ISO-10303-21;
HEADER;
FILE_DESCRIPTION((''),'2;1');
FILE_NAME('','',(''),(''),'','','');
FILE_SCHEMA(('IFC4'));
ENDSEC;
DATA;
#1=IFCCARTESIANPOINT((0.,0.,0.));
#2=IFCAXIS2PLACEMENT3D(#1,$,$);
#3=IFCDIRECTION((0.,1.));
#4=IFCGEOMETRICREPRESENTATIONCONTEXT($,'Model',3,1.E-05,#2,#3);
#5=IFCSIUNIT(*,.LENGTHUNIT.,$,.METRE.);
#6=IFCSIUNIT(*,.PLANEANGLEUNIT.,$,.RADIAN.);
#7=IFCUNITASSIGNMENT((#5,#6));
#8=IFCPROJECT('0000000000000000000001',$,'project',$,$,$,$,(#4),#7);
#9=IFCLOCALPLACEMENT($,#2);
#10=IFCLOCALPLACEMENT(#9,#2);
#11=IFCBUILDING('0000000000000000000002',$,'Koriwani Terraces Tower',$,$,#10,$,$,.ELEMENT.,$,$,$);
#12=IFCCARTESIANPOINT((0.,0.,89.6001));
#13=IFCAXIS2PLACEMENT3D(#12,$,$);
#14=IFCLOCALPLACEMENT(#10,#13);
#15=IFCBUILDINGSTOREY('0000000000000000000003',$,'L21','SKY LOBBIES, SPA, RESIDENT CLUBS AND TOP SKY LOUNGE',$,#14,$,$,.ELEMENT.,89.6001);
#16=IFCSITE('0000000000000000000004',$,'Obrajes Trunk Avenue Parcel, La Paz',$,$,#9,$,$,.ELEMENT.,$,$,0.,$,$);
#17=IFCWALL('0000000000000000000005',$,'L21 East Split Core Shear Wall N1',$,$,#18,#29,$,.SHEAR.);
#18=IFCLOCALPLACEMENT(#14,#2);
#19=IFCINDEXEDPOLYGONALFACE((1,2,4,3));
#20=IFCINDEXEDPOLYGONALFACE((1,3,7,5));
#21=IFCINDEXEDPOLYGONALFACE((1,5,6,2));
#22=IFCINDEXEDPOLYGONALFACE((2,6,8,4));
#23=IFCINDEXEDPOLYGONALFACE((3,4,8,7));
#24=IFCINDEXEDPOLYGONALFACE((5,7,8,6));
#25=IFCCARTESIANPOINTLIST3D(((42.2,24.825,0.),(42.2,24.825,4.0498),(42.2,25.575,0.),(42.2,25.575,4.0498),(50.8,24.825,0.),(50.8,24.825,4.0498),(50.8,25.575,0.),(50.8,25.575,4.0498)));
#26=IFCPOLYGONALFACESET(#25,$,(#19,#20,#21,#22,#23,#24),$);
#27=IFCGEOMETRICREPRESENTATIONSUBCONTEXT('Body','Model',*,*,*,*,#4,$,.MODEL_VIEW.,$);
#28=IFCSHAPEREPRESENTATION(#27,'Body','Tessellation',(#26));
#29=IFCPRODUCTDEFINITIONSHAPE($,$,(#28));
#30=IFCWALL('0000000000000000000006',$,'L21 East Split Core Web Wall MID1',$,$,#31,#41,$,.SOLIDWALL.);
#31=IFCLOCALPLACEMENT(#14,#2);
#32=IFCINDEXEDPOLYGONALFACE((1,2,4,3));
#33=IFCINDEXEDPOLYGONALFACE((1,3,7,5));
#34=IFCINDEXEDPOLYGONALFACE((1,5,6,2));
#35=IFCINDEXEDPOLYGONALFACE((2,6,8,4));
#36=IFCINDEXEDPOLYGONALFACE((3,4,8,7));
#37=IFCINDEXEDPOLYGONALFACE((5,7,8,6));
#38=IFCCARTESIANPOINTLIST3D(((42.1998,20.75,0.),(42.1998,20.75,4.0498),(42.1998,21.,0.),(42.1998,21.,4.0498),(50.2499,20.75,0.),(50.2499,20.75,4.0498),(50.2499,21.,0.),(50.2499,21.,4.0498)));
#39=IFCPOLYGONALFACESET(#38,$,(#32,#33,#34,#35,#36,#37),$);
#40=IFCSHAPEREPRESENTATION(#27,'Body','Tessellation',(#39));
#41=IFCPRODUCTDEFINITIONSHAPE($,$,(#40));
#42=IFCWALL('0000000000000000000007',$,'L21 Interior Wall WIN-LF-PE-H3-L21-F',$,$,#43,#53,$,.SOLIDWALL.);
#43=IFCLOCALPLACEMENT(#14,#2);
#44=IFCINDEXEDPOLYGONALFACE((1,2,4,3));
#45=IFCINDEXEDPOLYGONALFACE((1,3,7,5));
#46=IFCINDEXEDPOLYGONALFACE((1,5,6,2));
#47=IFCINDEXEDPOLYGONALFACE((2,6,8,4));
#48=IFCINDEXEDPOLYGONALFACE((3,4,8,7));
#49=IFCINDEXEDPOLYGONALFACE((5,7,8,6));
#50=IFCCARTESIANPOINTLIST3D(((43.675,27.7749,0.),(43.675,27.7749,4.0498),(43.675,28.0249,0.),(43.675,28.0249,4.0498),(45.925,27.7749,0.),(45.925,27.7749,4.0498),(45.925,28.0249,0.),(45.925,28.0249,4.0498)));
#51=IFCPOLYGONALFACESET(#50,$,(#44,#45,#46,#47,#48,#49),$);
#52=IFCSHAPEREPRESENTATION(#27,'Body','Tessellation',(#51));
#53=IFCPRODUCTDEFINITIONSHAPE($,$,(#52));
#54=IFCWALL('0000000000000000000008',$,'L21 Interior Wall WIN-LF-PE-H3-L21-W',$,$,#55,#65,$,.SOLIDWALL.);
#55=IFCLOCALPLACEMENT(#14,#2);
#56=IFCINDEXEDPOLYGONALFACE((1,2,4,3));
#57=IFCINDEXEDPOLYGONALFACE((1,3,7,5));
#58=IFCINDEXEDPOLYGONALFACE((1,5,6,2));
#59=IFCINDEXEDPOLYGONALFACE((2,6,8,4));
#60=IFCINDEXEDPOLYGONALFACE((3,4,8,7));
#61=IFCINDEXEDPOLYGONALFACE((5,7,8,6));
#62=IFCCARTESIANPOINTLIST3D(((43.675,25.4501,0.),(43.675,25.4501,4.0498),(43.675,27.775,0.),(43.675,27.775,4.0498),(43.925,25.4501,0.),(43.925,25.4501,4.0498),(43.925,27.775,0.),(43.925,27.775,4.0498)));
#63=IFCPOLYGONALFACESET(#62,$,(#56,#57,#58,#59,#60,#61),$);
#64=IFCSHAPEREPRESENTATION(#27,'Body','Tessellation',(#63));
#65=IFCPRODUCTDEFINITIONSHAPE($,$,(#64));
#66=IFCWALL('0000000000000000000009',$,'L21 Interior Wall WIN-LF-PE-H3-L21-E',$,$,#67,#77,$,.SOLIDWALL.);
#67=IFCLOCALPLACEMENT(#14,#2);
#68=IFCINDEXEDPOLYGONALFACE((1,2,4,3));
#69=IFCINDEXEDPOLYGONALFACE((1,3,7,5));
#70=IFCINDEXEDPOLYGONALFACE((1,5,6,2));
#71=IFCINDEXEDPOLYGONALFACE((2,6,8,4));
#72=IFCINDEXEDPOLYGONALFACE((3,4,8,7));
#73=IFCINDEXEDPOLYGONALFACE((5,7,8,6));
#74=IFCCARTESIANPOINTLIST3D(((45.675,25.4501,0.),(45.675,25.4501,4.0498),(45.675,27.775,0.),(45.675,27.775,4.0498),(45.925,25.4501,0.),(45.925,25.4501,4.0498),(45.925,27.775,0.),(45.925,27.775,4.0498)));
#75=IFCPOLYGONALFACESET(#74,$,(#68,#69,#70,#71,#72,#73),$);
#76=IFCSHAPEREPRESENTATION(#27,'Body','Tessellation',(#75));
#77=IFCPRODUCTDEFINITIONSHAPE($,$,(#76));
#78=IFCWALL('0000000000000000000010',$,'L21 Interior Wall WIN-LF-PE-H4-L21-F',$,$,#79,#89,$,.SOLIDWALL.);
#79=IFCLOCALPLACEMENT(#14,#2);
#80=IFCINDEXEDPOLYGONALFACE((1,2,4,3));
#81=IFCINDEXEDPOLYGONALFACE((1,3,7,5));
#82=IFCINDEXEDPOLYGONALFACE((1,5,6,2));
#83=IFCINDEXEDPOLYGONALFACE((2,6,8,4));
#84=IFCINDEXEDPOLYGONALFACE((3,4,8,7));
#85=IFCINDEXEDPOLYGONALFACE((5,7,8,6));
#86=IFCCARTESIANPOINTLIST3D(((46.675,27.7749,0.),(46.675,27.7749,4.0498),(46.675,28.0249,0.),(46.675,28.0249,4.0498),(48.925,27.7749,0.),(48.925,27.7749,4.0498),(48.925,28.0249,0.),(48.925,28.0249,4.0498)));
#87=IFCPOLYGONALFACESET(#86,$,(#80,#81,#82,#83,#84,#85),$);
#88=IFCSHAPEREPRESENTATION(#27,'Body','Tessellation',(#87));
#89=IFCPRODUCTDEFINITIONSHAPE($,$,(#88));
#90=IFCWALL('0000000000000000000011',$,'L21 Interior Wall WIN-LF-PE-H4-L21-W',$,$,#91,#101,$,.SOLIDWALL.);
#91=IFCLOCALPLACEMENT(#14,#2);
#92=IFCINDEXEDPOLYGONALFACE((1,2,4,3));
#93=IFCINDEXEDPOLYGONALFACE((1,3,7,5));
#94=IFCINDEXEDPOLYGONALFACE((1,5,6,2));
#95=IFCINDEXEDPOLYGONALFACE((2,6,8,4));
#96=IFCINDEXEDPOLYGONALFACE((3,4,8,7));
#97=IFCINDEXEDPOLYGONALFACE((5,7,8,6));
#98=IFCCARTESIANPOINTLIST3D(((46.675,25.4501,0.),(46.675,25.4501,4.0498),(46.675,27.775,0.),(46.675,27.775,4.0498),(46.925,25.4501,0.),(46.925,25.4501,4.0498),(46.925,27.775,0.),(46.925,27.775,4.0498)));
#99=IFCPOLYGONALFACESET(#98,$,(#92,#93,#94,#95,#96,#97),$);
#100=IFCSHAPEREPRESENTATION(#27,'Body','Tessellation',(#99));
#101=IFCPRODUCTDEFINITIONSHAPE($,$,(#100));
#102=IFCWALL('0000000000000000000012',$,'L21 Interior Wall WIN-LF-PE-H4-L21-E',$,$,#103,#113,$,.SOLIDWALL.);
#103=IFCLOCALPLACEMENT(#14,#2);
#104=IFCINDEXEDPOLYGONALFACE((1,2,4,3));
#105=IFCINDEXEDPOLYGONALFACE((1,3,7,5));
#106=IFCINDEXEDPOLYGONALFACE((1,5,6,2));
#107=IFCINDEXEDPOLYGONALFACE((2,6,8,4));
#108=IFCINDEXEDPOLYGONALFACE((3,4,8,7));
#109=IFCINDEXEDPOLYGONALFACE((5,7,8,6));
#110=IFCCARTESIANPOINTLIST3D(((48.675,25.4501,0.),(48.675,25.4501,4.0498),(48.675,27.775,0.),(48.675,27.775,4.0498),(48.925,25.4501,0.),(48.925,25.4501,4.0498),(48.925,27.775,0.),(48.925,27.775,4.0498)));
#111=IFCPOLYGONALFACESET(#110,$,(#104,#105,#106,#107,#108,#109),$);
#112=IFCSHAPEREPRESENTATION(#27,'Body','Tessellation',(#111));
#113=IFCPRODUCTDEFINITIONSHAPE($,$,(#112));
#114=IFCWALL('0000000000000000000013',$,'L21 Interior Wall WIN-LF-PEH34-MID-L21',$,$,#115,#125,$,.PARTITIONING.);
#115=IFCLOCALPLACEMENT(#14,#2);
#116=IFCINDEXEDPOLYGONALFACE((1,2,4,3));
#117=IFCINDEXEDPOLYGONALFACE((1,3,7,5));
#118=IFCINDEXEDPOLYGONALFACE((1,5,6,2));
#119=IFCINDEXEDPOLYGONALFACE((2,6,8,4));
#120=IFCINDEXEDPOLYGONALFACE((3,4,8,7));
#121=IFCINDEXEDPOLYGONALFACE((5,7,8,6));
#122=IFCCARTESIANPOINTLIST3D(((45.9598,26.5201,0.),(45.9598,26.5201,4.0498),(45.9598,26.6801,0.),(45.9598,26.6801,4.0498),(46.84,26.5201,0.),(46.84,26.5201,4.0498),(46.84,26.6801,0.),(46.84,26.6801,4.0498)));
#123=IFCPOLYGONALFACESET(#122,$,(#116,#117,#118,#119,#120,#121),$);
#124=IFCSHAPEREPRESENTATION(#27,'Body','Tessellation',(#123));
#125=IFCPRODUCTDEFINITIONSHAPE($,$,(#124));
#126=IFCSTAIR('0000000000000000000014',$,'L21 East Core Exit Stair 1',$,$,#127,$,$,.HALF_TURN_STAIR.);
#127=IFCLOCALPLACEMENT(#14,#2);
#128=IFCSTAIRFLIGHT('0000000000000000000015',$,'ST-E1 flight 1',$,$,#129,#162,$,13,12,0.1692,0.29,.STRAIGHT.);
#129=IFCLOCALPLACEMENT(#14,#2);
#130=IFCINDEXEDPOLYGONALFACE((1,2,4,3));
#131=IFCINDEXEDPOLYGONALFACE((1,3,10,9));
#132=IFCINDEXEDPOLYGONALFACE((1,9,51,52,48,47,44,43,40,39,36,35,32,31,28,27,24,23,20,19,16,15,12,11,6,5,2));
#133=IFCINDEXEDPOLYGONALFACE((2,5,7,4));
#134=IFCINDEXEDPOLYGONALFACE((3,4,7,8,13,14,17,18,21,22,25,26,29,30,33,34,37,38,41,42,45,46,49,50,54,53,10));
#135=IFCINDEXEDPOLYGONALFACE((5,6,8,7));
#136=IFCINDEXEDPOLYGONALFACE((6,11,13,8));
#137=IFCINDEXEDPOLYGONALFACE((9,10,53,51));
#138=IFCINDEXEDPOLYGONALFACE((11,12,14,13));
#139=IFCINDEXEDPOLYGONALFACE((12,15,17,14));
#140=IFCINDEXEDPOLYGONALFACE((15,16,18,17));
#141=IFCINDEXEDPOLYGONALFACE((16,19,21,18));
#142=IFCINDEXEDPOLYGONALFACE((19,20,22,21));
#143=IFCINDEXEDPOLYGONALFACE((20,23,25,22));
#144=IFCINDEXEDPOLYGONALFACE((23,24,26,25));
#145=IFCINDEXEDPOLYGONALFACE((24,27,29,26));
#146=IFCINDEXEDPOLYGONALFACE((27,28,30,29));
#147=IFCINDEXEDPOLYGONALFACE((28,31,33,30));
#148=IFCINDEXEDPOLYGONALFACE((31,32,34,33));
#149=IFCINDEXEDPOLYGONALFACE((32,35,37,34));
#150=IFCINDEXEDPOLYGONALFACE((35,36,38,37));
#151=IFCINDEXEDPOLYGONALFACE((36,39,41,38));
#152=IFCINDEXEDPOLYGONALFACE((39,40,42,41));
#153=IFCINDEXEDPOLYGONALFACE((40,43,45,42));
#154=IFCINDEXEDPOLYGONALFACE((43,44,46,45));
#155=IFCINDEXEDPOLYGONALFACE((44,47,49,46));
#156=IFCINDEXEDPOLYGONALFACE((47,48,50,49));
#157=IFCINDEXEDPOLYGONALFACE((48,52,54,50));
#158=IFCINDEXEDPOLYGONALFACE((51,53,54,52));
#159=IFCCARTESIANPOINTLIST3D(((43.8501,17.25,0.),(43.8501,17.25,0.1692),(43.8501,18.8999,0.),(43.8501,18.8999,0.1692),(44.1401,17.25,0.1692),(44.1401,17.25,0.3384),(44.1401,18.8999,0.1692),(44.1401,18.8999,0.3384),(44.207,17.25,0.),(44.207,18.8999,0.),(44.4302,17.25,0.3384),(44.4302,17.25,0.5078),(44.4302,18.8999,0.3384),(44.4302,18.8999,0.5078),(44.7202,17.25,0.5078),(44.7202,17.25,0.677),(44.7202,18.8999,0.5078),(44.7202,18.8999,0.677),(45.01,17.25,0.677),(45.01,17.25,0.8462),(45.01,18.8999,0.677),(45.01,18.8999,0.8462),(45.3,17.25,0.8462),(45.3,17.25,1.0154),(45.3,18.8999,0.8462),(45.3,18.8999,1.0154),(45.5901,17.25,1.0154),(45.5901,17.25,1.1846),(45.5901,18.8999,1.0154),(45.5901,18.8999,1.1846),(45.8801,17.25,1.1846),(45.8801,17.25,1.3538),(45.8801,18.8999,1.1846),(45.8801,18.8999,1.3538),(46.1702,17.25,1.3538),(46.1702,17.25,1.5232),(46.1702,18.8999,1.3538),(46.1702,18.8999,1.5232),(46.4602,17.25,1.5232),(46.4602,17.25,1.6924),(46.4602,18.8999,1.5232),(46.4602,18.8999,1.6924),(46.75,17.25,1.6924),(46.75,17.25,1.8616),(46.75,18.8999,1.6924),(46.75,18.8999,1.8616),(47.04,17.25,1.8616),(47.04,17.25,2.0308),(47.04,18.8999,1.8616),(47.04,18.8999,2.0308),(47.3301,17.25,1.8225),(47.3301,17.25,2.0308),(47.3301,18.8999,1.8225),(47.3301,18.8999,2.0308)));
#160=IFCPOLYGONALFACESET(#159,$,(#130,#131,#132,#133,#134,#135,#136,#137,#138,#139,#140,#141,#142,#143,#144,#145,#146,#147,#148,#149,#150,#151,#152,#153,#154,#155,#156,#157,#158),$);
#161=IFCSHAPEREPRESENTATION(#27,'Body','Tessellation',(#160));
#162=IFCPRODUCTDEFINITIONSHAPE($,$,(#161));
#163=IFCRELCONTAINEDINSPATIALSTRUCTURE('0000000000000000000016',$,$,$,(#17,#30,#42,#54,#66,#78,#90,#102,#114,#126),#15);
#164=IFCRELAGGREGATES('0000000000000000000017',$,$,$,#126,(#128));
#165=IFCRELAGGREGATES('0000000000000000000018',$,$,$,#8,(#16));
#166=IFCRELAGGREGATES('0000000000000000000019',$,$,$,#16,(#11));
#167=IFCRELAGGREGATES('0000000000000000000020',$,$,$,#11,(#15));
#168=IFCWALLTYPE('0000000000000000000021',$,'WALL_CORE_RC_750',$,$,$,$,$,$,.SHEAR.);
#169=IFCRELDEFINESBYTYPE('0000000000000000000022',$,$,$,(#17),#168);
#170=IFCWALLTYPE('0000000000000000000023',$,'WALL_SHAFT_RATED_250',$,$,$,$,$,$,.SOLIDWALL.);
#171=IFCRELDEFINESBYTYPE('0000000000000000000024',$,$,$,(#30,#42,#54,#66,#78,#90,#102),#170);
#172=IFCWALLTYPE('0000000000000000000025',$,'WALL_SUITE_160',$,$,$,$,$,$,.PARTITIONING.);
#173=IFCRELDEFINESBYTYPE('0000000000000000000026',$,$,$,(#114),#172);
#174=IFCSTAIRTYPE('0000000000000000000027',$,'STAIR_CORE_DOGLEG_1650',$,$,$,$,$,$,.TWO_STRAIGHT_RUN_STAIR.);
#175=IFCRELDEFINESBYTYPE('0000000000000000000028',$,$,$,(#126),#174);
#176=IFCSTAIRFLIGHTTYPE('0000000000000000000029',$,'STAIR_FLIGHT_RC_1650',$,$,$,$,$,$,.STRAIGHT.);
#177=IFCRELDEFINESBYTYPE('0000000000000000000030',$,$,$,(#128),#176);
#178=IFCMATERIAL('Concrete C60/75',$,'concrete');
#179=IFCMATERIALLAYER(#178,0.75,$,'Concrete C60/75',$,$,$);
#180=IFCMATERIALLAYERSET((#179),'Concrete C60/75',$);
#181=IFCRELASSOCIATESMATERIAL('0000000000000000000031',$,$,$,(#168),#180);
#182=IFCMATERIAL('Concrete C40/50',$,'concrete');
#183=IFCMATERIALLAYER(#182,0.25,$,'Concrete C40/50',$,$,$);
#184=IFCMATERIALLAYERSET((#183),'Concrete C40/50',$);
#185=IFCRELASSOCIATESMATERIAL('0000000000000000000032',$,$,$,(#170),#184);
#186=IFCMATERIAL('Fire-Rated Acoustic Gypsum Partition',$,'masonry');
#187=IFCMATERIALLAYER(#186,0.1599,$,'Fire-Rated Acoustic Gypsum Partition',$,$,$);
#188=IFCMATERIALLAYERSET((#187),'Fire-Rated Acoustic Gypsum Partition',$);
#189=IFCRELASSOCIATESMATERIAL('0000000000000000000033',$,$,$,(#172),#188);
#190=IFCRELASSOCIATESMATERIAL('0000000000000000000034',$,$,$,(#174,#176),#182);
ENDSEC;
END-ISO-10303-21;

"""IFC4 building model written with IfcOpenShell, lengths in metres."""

from ifc_helpers import new_model, si_unit, direction, frame, frame_2d, origin, place, context, subcontext, project, spatial, polyline, rectangle, outline, extrude, material, layer, layer_set, type_object, element, aggregate, save


model = new_model("IFC4")

# Units and contexts
model_context = context("Model", 3, precision=1e-05, world=origin(), true_north=direction((0.0, 1.0)))
body_context = subcontext(model_context, "Body", "Model", "MODEL_VIEW")
ifc_project = project(units=[si_unit("LENGTHUNIT", "METRE"), si_unit("PLANEANGLEUNIT", "RADIAN")], contexts=[model_context])

# Site, building, storey
site_placement = place(None, origin())
site = spatial("IfcSite", under=ifc_project, at=site_placement, Name="Obrajes Trunk Avenue Parcel, La Paz", CompositionType="ELEMENT", RefElevation=0.0)
building_placement = place(site_placement, origin())
building = spatial("IfcBuilding", under=site, at=building_placement, Name="Koriwani Terraces Tower", CompositionType="ELEMENT")
storey_placement = place(building_placement, frame((0.0, 0.0, 89.6001)))
storey = spatial("IfcBuildingStorey", under=building, at=storey_placement, Name="L21", Description="SKY LOBBIES, SPA, RESIDENT CLUBS AND TOP SKY LOUNGE", CompositionType="ELEMENT", Elevation=89.6001)

# Shared definitions
ifc_material_1 = material(Name="Concrete C60/75", Category="concrete")

# Walls
ifc_layer_1 = layer(ifc_material_1, 0.75, Name="Concrete C60/75")
ifc_layer_set_1 = layer_set([ifc_layer_1], Name="Concrete C60/75")
wall_type_1 = type_object("IfcWallType", Name="WALL_CORE_RC_750", PredefinedType="SHEAR", material=ifc_layer_set_1)
wall_1_placement = place(storey_placement, frame((42.2, 25.2, 0.0), z_axis=(0.0, 0.0, 1.0), x_axis=(1.0, 0.0, 0.0)))
element("IfcWall", 1, at=wall_1_placement, inside=storey, type_object=wall_type_1, Name="L21 East Split Core Shear Wall N1", PredefinedType="SHEAR", context=body_context, shape_type="SweptSolid", body=[
    extrude(rectangle(XDim=8.6001, YDim=0.75, at=frame_2d((4.3, 0.0))), origin(), (0.0, 0.0, 1.0), 4.0498),
])
ifc_material_2 = material(Name="Concrete C40/50", Category="concrete")
ifc_layer_2 = layer(ifc_material_2, 0.25, Name="Concrete C40/50")
ifc_layer_set_2 = layer_set([ifc_layer_2], Name="Concrete C40/50")
wall_type_2 = type_object("IfcWallType", Name="WALL_SHAFT_RATED_250", PredefinedType="SOLIDWALL", material=ifc_layer_set_2)
wall_2_placement = place(storey_placement, frame((42.2, 20.875, 0.0), z_axis=(0.0, 0.0, 1.0), x_axis=(1.0, 0.0, 0.0)))
element("IfcWall", 2, at=wall_2_placement, inside=storey, type_object=wall_type_2, Name="L21 East Split Core Web Wall MID1", PredefinedType="SOLIDWALL", context=body_context, shape_type="SweptSolid", body=[
    extrude(rectangle(XDim=8.05, YDim=0.25, at=frame_2d((4.0249, 0.0))), origin(), (0.0, 0.0, 1.0), 4.0498),
])

# Walls
wall_3_placement = place(storey_placement, frame((43.675, 27.8999, 0.0), z_axis=(0.0, 0.0, 1.0), x_axis=(1.0, 0.0, 0.0)))
element("IfcWall", 3, at=wall_3_placement, inside=storey, type_object=wall_type_2, Name="L21 Interior Wall WIN-LF-PE-H3-L21-F", PredefinedType="SOLIDWALL", context=body_context, shape_type="SweptSolid", body=[
    extrude(rectangle(XDim=2.25, YDim=0.25, at=frame_2d((1.125, 0.0))), origin(), (0.0, 0.0, 1.0), 4.0498),
])
for number, where, z_axis, x_axis, name in (
    (4, (43.8, 25.45, 0.0), (0.0, 0.0, 1.0), (0.0, 1.0, 0.0), "L21 Interior Wall WIN-LF-PE-H3-L21-W"),
    (5, (45.8, 25.45, 0.0), (0.0, 0.0, 1.0), (0.0, 1.0, 0.0), "L21 Interior Wall WIN-LF-PE-H3-L21-E"),
):
    element("IfcWall", number, at=place(storey_placement, frame(where, z_axis=z_axis, x_axis=x_axis)), inside=storey, type_object=wall_type_2, Name=name, PredefinedType="SOLIDWALL", context=body_context, shape_type="SweptSolid", body=[
        extrude(rectangle(XDim=2.325, YDim=0.25, at=frame_2d((1.1626, 0.0))), origin(), (0.0, 0.0, 1.0), 4.0498),
    ])
wall_4_placement = place(storey_placement, frame((46.675, 27.8999, 0.0), z_axis=(0.0, 0.0, 1.0), x_axis=(1.0, 0.0, 0.0)))
element("IfcWall", 6, at=wall_4_placement, inside=storey, type_object=wall_type_2, Name="L21 Interior Wall WIN-LF-PE-H4-L21-F", PredefinedType="SOLIDWALL", context=body_context, shape_type="SweptSolid", body=[
    extrude(rectangle(XDim=2.25, YDim=0.25, at=frame_2d((1.125, 0.0))), origin(), (0.0, 0.0, 1.0), 4.0498),
])
for number, where, z_axis, x_axis, name in (
    (7, (46.8, 25.45, 0.0), (0.0, 0.0, 1.0), (0.0, 1.0, 0.0), "L21 Interior Wall WIN-LF-PE-H4-L21-W"),
    (8, (48.8, 25.45, 0.0), (0.0, 0.0, 1.0), (0.0, 1.0, 0.0), "L21 Interior Wall WIN-LF-PE-H4-L21-E"),
):
    element("IfcWall", number, at=place(storey_placement, frame(where, z_axis=z_axis, x_axis=x_axis)), inside=storey, type_object=wall_type_2, Name=name, PredefinedType="SOLIDWALL", context=body_context, shape_type="SweptSolid", body=[
        extrude(rectangle(XDim=2.325, YDim=0.25, at=frame_2d((1.1626, 0.0))), origin(), (0.0, 0.0, 1.0), 4.0498),
    ])
ifc_material_3 = material(Name="Fire-Rated Acoustic Gypsum Partition", Category="masonry")
ifc_layer_3 = layer(ifc_material_3, 0.1599, Name="Fire-Rated Acoustic Gypsum Partition")
ifc_layer_set_3 = layer_set([ifc_layer_3], Name="Fire-Rated Acoustic Gypsum Partition")
wall_type_3 = type_object("IfcWallType", Name="WALL_SUITE_160", PredefinedType="PARTITIONING", material=ifc_layer_set_3)
wall_5_placement = place(storey_placement, frame((45.96, 26.6001, 0.0), z_axis=(0.0, 0.0, 1.0), x_axis=(1.0, 0.0, 0.0)))
element("IfcWall", 9, at=wall_5_placement, inside=storey, type_object=wall_type_3, Name="L21 Interior Wall WIN-LF-PEH34-MID-L21", PredefinedType="PARTITIONING", context=body_context, shape_type="SweptSolid", body=[
    extrude(rectangle(XDim=0.8801, YDim=0.1599, at=frame_2d((0.4399, 0.0))), origin(), (0.0, 0.0, 1.0), 4.0498),
])

# Stair, stair flight
stair_type = type_object("IfcStairType", Name="STAIR_CORE_DOGLEG_1650", PredefinedType="TWO_STRAIGHT_RUN_STAIR", material=ifc_material_2)
stair_placement = place(storey_placement, origin())
stair = element("IfcStair", 10, at=stair_placement, inside=storey, type_object=stair_type, Name="L21 East Core Exit Stair 1", PredefinedType="HALF_TURN_STAIR")
stair_flight_type = type_object("IfcStairFlightType", Name="STAIR_FLIGHT_RC_1650", PredefinedType="STRAIGHT", material=ifc_material_2)
stair_flight_1_placement = place(storey_placement, frame((43.8501, 18.075, 0.0), z_axis=(0.0, 0.0, 1.0), x_axis=(1.0, 0.0, 0.0)))
stair_flight_1 = element("IfcStairFlight", 11, at=stair_flight_1_placement, type_object=stair_flight_type, Name="ST-E1 flight 1", NumberOfRisers=13, NumberOfTreads=12, PredefinedType="STRAIGHT", RiserHeight=0.1692, TreadLength=0.29, context=body_context, shape_type="SweptSolid", body=[
    extrude(outline(polyline([(0.0, 0.0), (0.0, 0.1692), (0.29, 0.1692), (0.29, 0.3384), (0.5801, 0.3384), (0.5801, 0.5078), (0.8701, 0.5078), (0.8701, 0.677), (1.1599, 0.677), (1.1599, 0.8462), (1.45, 0.8462), (1.45, 1.0154), (1.74, 1.0154), (1.74, 1.1846), (2.03, 1.1846), (2.03, 1.3538), (2.3201, 1.3538), (2.3201, 1.5232), (2.6101, 1.5232), (2.6101, 1.6924), (2.8999, 1.6924), (2.8999, 1.8616), (3.1899, 1.8616), (3.1899, 2.0308), (3.48, 2.0308), (3.48, 2.2), (3.48, 1.8225), (0.3569, 0.0), (0.0, 0.0)])), frame((0.0, 0.825, 0.0), z_axis=(0.0, -1.0, 0.0), x_axis=(1.0, 0.0, 0.0)), (0.0, 0.0, 1.0), 1.6499),
])
aggregate(stair, [stair_flight_1])

save(model, "model.ifc")
